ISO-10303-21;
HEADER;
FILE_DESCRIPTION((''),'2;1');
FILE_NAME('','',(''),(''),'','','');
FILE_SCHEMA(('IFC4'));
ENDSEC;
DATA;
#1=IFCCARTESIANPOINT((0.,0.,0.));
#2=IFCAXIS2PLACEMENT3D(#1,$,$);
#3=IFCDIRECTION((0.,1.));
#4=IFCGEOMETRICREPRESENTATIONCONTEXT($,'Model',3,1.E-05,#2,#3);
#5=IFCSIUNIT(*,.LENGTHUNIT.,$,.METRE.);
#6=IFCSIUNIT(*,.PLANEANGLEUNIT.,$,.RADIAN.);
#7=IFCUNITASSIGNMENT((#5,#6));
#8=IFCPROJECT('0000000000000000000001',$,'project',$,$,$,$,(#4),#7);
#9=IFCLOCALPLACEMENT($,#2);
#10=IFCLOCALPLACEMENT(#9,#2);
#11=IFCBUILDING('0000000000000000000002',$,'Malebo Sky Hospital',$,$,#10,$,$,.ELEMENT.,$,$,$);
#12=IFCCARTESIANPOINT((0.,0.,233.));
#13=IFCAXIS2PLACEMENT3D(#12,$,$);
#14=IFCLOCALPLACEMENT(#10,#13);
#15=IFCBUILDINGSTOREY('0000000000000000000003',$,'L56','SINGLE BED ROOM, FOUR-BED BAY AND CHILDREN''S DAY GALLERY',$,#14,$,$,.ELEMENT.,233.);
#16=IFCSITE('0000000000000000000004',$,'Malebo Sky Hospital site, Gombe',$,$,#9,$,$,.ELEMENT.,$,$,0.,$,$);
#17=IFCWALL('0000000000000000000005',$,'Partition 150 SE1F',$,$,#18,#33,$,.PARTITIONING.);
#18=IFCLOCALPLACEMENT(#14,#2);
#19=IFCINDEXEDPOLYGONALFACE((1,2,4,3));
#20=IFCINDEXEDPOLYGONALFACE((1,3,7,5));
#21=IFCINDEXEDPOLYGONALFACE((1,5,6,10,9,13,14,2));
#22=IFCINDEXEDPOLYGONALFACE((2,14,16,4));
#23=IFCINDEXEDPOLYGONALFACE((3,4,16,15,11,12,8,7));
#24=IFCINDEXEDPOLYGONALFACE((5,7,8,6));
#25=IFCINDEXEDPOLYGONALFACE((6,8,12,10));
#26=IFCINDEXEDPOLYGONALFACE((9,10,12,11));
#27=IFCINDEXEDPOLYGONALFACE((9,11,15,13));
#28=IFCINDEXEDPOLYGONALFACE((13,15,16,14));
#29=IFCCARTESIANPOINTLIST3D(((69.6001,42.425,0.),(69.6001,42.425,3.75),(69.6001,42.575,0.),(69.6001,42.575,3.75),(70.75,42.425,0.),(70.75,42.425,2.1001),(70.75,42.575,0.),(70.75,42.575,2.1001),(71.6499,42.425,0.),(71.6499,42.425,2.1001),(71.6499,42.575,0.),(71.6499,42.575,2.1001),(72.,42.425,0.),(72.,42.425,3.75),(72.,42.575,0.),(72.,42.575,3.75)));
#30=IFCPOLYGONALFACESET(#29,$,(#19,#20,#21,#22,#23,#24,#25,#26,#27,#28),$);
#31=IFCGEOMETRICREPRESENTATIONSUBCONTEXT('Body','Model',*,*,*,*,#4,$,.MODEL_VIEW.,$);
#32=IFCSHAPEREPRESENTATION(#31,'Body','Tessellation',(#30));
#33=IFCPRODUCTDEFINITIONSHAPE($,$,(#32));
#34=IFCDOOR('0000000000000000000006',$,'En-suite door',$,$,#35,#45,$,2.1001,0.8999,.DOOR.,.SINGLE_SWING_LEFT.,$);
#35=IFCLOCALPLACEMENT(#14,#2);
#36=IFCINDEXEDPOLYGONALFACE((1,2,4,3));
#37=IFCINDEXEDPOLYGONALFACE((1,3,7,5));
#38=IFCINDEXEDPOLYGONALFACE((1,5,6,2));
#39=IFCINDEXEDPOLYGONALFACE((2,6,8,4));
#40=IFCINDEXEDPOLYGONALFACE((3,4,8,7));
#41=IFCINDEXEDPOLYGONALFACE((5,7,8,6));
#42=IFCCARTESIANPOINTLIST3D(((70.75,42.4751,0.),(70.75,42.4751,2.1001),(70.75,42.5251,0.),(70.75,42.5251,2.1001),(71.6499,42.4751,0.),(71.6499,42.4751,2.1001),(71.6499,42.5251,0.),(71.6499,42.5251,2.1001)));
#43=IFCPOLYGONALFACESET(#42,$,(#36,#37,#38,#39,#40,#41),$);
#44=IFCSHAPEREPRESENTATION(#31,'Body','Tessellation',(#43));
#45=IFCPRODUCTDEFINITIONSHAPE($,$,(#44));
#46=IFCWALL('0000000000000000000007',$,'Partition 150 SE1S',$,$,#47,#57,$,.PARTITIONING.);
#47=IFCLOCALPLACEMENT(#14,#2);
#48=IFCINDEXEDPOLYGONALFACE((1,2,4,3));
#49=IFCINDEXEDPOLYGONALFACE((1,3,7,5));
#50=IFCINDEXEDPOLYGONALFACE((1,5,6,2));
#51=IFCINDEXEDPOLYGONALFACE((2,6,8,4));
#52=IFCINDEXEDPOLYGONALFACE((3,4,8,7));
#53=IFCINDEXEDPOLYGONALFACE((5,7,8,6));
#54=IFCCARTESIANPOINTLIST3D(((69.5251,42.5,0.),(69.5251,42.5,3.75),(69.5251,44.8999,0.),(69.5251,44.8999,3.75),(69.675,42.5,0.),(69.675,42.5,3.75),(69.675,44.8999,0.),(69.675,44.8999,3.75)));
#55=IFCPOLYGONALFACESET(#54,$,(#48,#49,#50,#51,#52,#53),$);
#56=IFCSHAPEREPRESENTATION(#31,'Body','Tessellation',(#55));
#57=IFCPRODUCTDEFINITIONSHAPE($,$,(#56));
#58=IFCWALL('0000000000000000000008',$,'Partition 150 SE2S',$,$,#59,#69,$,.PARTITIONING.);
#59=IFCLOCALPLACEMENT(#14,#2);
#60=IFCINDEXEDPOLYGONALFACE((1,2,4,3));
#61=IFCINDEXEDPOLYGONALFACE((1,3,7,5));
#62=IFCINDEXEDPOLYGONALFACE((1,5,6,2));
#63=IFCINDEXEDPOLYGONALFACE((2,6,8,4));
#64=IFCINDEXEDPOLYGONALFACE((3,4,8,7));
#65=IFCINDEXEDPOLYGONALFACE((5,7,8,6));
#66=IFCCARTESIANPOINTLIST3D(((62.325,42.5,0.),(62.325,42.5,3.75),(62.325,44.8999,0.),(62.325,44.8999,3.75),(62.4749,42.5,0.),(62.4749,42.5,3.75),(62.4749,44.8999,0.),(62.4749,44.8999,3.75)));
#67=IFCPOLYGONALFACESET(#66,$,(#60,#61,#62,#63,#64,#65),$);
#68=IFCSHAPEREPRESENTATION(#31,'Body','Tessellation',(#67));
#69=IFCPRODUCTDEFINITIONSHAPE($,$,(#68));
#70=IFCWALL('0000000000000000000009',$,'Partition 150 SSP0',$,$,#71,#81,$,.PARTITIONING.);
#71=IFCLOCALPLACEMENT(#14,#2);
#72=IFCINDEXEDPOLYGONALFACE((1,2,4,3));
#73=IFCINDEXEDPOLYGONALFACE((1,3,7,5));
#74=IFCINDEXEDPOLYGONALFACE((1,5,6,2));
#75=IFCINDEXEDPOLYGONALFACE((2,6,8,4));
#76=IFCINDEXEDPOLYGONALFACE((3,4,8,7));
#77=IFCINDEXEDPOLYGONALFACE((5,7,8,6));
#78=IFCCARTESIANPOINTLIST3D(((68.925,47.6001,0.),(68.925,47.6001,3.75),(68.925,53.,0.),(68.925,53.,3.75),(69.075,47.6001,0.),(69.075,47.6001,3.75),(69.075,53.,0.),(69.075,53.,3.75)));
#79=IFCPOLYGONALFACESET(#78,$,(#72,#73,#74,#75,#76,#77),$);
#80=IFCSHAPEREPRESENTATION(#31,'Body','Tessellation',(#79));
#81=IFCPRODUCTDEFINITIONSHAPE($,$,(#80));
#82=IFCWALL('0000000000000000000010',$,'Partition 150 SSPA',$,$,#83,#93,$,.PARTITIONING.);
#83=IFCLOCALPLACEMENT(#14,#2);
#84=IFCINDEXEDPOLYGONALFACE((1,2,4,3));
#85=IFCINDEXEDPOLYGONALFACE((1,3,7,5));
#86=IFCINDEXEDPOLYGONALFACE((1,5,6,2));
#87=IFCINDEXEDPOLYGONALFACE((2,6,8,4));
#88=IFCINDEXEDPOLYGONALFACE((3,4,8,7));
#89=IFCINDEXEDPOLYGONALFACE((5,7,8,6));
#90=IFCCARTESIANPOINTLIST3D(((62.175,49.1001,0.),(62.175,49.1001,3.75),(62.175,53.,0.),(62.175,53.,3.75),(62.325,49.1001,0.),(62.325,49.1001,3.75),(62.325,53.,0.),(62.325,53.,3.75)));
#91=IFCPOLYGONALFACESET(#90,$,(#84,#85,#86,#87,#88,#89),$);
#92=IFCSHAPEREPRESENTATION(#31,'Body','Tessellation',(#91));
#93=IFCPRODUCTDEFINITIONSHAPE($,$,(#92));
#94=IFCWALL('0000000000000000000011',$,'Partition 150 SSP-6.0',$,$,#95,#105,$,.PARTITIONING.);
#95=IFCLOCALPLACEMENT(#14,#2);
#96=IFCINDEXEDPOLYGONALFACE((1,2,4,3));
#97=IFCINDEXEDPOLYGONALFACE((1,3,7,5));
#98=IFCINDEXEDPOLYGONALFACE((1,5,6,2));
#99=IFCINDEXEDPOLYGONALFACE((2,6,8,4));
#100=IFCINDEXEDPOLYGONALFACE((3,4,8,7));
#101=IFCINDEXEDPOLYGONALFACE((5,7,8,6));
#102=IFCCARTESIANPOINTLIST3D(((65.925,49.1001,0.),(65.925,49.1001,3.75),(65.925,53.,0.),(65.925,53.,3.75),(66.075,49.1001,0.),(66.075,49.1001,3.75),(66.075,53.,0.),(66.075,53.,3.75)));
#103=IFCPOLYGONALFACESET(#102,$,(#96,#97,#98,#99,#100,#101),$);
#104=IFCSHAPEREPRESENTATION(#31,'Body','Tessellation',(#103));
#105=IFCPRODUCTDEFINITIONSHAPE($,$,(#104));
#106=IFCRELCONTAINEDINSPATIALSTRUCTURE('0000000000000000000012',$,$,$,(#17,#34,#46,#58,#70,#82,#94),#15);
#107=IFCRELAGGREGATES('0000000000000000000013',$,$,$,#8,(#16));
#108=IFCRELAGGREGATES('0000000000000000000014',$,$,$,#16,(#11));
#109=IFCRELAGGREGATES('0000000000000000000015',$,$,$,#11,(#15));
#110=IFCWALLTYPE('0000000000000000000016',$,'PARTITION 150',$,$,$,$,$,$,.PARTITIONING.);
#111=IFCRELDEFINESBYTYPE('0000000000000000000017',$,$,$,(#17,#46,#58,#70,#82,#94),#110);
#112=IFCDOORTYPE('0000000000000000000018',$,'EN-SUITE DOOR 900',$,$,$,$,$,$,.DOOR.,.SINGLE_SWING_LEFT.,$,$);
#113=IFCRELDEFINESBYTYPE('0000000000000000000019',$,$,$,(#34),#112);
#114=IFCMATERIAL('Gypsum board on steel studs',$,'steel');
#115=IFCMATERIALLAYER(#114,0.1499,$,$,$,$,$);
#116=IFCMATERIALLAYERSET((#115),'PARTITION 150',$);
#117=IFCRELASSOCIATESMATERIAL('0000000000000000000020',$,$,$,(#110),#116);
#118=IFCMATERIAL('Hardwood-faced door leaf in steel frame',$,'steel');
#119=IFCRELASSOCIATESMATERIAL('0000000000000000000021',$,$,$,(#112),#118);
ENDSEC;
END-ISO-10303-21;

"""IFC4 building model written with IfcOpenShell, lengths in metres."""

from ifc_helpers import new_model, si_unit, direction, frame, frame_2d, origin, place, context, subcontext, project, spatial, rectangle, extrude, material, layer, layer_set, type_object, element, fill, save


model = new_model("IFC4")

# Units and contexts
model_context = context("Model", 3, precision=1e-05, world=origin(), true_north=direction((0.0, 1.0)))
body_context = subcontext(model_context, "Body", "Model", "MODEL_VIEW")
ifc_project = project(units=[si_unit("LENGTHUNIT", "METRE"), si_unit("PLANEANGLEUNIT", "RADIAN")], contexts=[model_context])

# Site, building, storey
site_placement = place(None, origin())
site = spatial("IfcSite", under=ifc_project, at=site_placement, Name="Malebo Sky Hospital site, Gombe", CompositionType="ELEMENT", RefElevation=0.0)
building_placement = place(site_placement, origin())
building = spatial("IfcBuilding", under=site, at=building_placement, Name="Malebo Sky Hospital", CompositionType="ELEMENT")
storey_placement = place(building_placement, frame((0.0, 0.0, 233.0)))
storey = spatial("IfcBuildingStorey", under=building, at=storey_placement, Name="L56", Description="SINGLE BED ROOM, FOUR-BED BAY AND CHILDREN'S DAY GALLERY", CompositionType="ELEMENT", Elevation=233.0)

# Shared definitions
ifc_material_1 = material(Name="Gypsum board on steel studs", Category="steel")
ifc_material_2 = material(Name="Hardwood-faced door leaf in steel frame", Category="steel")

# Shared definitions
ifc_layer_1 = layer(ifc_material_1, 0.1499)
ifc_layer_set_1 = layer_set([ifc_layer_1], Name="PARTITION 150")
wall_type_1 = type_object("IfcWallType", Name="PARTITION 150", PredefinedType="PARTITIONING", material=ifc_layer_set_1)

# Wall, opening, door
wall_1_placement = place(storey_placement, frame((72.0, 42.5, 0.0), z_axis=(0.0, 0.0, 1.0), x_axis=(-1.0, 0.0, 0.0)))
wall_1 = element("IfcWall", 1, at=wall_1_placement, inside=storey, type_object=wall_type_1, Name="Partition 150 SE1F", PredefinedType="PARTITIONING", context=body_context, shape_type="SweptSolid", body=[
    extrude(rectangle(XDim=2.3999, YDim=0.1499, at=frame_2d((1.2, 0.0))), origin(), (0.0, 0.0, 1.0), 3.75),
])
opening_1_placement = place(wall_1_placement, frame((0.3501, 0.0, 0.0)))
opening_1 = element("IfcOpeningElement", 2, at=opening_1_placement, cuts=wall_1, PredefinedType="OPENING", context=body_context, shape_type="SweptSolid", body=[
    extrude(rectangle(XDim=0.8999, YDim=2.1001, at=frame_2d((0.45, 1.05))), frame((0.0, 0.085, 0.0), z_axis=(0.0, -1.0, 0.0), x_axis=(1.0, 0.0, 0.0)), (0.0, 0.0, 1.0), 0.1699),
])
door_type_1 = type_object("IfcDoorType", Name="EN-SUITE DOOR 900", OperationType="SINGLE_SWING_LEFT", PredefinedType="DOOR", material=ifc_material_2)
door_1_placement = place(opening_1_placement, origin())
door_1 = element("IfcDoor", 3, at=door_1_placement, inside=storey, type_object=door_type_1, Name="En-suite door", OperationType="SINGLE_SWING_LEFT", OverallHeight=2.1001, OverallWidth=0.8999, PredefinedType="DOOR", context=body_context, shape_type="SweptSolid", body=[
    extrude(rectangle(XDim=0.8999, YDim=2.1001, at=frame_2d((0.45, 1.05))), frame((0.0, 0.0249, 0.0), z_axis=(0.0, -1.0, 0.0), x_axis=(1.0, 0.0, 0.0)), (0.0, 0.0, 1.0), 0.05),
])
fill(opening_1, door_1)

# Walls
for number, where, z_axis, x_axis, name in (
    (4, (69.6001, 44.8999, 0.0), (0.0, 0.0, 1.0), (0.0, -1.0, 0.0), "Partition 150 SE1S"),
    (5, (62.3999, 44.8999, 0.0), (0.0, 0.0, 1.0), (0.0, -1.0, 0.0), "Partition 150 SE2S"),
):
    element("IfcWall", number, at=place(storey_placement, frame(where, z_axis=z_axis, x_axis=x_axis)), inside=storey, type_object=wall_type_1, Name=name, PredefinedType="PARTITIONING", context=body_context, shape_type="SweptSolid", body=[
        extrude(rectangle(XDim=2.3999, YDim=0.1499, at=frame_2d((1.2, 0.0))), origin(), (0.0, 0.0, 1.0), 3.75),
    ])
wall_2_placement = place(storey_placement, frame((69.0, 53.0, 0.0), z_axis=(0.0, 0.0, 1.0), x_axis=(0.0, -1.0, 0.0)))
element("IfcWall", 6, at=wall_2_placement, inside=storey, type_object=wall_type_1, Name="Partition 150 SSP0", PredefinedType="PARTITIONING", context=body_context, shape_type="SweptSolid", body=[
    extrude(rectangle(XDim=5.3999, YDim=0.1499, at=frame_2d((2.7, 0.0))), origin(), (0.0, 0.0, 1.0), 3.75),
])
for number, where, z_axis, x_axis, name in (
    (7, (62.25, 53.0, 0.0), (0.0, 0.0, 1.0), (0.0, -1.0, 0.0), "Partition 150 SSPA"),
    (8, (66.0, 53.0, 0.0), (0.0, 0.0, 1.0), (0.0, -1.0, 0.0), "Partition 150 SSP-6.0"),
):
    element("IfcWall", number, at=place(storey_placement, frame(where, z_axis=z_axis, x_axis=x_axis)), inside=storey, type_object=wall_type_1, Name=name, PredefinedType="PARTITIONING", context=body_context, shape_type="SweptSolid", body=[
        extrude(rectangle(XDim=3.8999, YDim=0.1499, at=frame_2d((1.95, 0.0))), origin(), (0.0, 0.0, 1.0), 3.75),
    ])

save(model, "model.ifc")
